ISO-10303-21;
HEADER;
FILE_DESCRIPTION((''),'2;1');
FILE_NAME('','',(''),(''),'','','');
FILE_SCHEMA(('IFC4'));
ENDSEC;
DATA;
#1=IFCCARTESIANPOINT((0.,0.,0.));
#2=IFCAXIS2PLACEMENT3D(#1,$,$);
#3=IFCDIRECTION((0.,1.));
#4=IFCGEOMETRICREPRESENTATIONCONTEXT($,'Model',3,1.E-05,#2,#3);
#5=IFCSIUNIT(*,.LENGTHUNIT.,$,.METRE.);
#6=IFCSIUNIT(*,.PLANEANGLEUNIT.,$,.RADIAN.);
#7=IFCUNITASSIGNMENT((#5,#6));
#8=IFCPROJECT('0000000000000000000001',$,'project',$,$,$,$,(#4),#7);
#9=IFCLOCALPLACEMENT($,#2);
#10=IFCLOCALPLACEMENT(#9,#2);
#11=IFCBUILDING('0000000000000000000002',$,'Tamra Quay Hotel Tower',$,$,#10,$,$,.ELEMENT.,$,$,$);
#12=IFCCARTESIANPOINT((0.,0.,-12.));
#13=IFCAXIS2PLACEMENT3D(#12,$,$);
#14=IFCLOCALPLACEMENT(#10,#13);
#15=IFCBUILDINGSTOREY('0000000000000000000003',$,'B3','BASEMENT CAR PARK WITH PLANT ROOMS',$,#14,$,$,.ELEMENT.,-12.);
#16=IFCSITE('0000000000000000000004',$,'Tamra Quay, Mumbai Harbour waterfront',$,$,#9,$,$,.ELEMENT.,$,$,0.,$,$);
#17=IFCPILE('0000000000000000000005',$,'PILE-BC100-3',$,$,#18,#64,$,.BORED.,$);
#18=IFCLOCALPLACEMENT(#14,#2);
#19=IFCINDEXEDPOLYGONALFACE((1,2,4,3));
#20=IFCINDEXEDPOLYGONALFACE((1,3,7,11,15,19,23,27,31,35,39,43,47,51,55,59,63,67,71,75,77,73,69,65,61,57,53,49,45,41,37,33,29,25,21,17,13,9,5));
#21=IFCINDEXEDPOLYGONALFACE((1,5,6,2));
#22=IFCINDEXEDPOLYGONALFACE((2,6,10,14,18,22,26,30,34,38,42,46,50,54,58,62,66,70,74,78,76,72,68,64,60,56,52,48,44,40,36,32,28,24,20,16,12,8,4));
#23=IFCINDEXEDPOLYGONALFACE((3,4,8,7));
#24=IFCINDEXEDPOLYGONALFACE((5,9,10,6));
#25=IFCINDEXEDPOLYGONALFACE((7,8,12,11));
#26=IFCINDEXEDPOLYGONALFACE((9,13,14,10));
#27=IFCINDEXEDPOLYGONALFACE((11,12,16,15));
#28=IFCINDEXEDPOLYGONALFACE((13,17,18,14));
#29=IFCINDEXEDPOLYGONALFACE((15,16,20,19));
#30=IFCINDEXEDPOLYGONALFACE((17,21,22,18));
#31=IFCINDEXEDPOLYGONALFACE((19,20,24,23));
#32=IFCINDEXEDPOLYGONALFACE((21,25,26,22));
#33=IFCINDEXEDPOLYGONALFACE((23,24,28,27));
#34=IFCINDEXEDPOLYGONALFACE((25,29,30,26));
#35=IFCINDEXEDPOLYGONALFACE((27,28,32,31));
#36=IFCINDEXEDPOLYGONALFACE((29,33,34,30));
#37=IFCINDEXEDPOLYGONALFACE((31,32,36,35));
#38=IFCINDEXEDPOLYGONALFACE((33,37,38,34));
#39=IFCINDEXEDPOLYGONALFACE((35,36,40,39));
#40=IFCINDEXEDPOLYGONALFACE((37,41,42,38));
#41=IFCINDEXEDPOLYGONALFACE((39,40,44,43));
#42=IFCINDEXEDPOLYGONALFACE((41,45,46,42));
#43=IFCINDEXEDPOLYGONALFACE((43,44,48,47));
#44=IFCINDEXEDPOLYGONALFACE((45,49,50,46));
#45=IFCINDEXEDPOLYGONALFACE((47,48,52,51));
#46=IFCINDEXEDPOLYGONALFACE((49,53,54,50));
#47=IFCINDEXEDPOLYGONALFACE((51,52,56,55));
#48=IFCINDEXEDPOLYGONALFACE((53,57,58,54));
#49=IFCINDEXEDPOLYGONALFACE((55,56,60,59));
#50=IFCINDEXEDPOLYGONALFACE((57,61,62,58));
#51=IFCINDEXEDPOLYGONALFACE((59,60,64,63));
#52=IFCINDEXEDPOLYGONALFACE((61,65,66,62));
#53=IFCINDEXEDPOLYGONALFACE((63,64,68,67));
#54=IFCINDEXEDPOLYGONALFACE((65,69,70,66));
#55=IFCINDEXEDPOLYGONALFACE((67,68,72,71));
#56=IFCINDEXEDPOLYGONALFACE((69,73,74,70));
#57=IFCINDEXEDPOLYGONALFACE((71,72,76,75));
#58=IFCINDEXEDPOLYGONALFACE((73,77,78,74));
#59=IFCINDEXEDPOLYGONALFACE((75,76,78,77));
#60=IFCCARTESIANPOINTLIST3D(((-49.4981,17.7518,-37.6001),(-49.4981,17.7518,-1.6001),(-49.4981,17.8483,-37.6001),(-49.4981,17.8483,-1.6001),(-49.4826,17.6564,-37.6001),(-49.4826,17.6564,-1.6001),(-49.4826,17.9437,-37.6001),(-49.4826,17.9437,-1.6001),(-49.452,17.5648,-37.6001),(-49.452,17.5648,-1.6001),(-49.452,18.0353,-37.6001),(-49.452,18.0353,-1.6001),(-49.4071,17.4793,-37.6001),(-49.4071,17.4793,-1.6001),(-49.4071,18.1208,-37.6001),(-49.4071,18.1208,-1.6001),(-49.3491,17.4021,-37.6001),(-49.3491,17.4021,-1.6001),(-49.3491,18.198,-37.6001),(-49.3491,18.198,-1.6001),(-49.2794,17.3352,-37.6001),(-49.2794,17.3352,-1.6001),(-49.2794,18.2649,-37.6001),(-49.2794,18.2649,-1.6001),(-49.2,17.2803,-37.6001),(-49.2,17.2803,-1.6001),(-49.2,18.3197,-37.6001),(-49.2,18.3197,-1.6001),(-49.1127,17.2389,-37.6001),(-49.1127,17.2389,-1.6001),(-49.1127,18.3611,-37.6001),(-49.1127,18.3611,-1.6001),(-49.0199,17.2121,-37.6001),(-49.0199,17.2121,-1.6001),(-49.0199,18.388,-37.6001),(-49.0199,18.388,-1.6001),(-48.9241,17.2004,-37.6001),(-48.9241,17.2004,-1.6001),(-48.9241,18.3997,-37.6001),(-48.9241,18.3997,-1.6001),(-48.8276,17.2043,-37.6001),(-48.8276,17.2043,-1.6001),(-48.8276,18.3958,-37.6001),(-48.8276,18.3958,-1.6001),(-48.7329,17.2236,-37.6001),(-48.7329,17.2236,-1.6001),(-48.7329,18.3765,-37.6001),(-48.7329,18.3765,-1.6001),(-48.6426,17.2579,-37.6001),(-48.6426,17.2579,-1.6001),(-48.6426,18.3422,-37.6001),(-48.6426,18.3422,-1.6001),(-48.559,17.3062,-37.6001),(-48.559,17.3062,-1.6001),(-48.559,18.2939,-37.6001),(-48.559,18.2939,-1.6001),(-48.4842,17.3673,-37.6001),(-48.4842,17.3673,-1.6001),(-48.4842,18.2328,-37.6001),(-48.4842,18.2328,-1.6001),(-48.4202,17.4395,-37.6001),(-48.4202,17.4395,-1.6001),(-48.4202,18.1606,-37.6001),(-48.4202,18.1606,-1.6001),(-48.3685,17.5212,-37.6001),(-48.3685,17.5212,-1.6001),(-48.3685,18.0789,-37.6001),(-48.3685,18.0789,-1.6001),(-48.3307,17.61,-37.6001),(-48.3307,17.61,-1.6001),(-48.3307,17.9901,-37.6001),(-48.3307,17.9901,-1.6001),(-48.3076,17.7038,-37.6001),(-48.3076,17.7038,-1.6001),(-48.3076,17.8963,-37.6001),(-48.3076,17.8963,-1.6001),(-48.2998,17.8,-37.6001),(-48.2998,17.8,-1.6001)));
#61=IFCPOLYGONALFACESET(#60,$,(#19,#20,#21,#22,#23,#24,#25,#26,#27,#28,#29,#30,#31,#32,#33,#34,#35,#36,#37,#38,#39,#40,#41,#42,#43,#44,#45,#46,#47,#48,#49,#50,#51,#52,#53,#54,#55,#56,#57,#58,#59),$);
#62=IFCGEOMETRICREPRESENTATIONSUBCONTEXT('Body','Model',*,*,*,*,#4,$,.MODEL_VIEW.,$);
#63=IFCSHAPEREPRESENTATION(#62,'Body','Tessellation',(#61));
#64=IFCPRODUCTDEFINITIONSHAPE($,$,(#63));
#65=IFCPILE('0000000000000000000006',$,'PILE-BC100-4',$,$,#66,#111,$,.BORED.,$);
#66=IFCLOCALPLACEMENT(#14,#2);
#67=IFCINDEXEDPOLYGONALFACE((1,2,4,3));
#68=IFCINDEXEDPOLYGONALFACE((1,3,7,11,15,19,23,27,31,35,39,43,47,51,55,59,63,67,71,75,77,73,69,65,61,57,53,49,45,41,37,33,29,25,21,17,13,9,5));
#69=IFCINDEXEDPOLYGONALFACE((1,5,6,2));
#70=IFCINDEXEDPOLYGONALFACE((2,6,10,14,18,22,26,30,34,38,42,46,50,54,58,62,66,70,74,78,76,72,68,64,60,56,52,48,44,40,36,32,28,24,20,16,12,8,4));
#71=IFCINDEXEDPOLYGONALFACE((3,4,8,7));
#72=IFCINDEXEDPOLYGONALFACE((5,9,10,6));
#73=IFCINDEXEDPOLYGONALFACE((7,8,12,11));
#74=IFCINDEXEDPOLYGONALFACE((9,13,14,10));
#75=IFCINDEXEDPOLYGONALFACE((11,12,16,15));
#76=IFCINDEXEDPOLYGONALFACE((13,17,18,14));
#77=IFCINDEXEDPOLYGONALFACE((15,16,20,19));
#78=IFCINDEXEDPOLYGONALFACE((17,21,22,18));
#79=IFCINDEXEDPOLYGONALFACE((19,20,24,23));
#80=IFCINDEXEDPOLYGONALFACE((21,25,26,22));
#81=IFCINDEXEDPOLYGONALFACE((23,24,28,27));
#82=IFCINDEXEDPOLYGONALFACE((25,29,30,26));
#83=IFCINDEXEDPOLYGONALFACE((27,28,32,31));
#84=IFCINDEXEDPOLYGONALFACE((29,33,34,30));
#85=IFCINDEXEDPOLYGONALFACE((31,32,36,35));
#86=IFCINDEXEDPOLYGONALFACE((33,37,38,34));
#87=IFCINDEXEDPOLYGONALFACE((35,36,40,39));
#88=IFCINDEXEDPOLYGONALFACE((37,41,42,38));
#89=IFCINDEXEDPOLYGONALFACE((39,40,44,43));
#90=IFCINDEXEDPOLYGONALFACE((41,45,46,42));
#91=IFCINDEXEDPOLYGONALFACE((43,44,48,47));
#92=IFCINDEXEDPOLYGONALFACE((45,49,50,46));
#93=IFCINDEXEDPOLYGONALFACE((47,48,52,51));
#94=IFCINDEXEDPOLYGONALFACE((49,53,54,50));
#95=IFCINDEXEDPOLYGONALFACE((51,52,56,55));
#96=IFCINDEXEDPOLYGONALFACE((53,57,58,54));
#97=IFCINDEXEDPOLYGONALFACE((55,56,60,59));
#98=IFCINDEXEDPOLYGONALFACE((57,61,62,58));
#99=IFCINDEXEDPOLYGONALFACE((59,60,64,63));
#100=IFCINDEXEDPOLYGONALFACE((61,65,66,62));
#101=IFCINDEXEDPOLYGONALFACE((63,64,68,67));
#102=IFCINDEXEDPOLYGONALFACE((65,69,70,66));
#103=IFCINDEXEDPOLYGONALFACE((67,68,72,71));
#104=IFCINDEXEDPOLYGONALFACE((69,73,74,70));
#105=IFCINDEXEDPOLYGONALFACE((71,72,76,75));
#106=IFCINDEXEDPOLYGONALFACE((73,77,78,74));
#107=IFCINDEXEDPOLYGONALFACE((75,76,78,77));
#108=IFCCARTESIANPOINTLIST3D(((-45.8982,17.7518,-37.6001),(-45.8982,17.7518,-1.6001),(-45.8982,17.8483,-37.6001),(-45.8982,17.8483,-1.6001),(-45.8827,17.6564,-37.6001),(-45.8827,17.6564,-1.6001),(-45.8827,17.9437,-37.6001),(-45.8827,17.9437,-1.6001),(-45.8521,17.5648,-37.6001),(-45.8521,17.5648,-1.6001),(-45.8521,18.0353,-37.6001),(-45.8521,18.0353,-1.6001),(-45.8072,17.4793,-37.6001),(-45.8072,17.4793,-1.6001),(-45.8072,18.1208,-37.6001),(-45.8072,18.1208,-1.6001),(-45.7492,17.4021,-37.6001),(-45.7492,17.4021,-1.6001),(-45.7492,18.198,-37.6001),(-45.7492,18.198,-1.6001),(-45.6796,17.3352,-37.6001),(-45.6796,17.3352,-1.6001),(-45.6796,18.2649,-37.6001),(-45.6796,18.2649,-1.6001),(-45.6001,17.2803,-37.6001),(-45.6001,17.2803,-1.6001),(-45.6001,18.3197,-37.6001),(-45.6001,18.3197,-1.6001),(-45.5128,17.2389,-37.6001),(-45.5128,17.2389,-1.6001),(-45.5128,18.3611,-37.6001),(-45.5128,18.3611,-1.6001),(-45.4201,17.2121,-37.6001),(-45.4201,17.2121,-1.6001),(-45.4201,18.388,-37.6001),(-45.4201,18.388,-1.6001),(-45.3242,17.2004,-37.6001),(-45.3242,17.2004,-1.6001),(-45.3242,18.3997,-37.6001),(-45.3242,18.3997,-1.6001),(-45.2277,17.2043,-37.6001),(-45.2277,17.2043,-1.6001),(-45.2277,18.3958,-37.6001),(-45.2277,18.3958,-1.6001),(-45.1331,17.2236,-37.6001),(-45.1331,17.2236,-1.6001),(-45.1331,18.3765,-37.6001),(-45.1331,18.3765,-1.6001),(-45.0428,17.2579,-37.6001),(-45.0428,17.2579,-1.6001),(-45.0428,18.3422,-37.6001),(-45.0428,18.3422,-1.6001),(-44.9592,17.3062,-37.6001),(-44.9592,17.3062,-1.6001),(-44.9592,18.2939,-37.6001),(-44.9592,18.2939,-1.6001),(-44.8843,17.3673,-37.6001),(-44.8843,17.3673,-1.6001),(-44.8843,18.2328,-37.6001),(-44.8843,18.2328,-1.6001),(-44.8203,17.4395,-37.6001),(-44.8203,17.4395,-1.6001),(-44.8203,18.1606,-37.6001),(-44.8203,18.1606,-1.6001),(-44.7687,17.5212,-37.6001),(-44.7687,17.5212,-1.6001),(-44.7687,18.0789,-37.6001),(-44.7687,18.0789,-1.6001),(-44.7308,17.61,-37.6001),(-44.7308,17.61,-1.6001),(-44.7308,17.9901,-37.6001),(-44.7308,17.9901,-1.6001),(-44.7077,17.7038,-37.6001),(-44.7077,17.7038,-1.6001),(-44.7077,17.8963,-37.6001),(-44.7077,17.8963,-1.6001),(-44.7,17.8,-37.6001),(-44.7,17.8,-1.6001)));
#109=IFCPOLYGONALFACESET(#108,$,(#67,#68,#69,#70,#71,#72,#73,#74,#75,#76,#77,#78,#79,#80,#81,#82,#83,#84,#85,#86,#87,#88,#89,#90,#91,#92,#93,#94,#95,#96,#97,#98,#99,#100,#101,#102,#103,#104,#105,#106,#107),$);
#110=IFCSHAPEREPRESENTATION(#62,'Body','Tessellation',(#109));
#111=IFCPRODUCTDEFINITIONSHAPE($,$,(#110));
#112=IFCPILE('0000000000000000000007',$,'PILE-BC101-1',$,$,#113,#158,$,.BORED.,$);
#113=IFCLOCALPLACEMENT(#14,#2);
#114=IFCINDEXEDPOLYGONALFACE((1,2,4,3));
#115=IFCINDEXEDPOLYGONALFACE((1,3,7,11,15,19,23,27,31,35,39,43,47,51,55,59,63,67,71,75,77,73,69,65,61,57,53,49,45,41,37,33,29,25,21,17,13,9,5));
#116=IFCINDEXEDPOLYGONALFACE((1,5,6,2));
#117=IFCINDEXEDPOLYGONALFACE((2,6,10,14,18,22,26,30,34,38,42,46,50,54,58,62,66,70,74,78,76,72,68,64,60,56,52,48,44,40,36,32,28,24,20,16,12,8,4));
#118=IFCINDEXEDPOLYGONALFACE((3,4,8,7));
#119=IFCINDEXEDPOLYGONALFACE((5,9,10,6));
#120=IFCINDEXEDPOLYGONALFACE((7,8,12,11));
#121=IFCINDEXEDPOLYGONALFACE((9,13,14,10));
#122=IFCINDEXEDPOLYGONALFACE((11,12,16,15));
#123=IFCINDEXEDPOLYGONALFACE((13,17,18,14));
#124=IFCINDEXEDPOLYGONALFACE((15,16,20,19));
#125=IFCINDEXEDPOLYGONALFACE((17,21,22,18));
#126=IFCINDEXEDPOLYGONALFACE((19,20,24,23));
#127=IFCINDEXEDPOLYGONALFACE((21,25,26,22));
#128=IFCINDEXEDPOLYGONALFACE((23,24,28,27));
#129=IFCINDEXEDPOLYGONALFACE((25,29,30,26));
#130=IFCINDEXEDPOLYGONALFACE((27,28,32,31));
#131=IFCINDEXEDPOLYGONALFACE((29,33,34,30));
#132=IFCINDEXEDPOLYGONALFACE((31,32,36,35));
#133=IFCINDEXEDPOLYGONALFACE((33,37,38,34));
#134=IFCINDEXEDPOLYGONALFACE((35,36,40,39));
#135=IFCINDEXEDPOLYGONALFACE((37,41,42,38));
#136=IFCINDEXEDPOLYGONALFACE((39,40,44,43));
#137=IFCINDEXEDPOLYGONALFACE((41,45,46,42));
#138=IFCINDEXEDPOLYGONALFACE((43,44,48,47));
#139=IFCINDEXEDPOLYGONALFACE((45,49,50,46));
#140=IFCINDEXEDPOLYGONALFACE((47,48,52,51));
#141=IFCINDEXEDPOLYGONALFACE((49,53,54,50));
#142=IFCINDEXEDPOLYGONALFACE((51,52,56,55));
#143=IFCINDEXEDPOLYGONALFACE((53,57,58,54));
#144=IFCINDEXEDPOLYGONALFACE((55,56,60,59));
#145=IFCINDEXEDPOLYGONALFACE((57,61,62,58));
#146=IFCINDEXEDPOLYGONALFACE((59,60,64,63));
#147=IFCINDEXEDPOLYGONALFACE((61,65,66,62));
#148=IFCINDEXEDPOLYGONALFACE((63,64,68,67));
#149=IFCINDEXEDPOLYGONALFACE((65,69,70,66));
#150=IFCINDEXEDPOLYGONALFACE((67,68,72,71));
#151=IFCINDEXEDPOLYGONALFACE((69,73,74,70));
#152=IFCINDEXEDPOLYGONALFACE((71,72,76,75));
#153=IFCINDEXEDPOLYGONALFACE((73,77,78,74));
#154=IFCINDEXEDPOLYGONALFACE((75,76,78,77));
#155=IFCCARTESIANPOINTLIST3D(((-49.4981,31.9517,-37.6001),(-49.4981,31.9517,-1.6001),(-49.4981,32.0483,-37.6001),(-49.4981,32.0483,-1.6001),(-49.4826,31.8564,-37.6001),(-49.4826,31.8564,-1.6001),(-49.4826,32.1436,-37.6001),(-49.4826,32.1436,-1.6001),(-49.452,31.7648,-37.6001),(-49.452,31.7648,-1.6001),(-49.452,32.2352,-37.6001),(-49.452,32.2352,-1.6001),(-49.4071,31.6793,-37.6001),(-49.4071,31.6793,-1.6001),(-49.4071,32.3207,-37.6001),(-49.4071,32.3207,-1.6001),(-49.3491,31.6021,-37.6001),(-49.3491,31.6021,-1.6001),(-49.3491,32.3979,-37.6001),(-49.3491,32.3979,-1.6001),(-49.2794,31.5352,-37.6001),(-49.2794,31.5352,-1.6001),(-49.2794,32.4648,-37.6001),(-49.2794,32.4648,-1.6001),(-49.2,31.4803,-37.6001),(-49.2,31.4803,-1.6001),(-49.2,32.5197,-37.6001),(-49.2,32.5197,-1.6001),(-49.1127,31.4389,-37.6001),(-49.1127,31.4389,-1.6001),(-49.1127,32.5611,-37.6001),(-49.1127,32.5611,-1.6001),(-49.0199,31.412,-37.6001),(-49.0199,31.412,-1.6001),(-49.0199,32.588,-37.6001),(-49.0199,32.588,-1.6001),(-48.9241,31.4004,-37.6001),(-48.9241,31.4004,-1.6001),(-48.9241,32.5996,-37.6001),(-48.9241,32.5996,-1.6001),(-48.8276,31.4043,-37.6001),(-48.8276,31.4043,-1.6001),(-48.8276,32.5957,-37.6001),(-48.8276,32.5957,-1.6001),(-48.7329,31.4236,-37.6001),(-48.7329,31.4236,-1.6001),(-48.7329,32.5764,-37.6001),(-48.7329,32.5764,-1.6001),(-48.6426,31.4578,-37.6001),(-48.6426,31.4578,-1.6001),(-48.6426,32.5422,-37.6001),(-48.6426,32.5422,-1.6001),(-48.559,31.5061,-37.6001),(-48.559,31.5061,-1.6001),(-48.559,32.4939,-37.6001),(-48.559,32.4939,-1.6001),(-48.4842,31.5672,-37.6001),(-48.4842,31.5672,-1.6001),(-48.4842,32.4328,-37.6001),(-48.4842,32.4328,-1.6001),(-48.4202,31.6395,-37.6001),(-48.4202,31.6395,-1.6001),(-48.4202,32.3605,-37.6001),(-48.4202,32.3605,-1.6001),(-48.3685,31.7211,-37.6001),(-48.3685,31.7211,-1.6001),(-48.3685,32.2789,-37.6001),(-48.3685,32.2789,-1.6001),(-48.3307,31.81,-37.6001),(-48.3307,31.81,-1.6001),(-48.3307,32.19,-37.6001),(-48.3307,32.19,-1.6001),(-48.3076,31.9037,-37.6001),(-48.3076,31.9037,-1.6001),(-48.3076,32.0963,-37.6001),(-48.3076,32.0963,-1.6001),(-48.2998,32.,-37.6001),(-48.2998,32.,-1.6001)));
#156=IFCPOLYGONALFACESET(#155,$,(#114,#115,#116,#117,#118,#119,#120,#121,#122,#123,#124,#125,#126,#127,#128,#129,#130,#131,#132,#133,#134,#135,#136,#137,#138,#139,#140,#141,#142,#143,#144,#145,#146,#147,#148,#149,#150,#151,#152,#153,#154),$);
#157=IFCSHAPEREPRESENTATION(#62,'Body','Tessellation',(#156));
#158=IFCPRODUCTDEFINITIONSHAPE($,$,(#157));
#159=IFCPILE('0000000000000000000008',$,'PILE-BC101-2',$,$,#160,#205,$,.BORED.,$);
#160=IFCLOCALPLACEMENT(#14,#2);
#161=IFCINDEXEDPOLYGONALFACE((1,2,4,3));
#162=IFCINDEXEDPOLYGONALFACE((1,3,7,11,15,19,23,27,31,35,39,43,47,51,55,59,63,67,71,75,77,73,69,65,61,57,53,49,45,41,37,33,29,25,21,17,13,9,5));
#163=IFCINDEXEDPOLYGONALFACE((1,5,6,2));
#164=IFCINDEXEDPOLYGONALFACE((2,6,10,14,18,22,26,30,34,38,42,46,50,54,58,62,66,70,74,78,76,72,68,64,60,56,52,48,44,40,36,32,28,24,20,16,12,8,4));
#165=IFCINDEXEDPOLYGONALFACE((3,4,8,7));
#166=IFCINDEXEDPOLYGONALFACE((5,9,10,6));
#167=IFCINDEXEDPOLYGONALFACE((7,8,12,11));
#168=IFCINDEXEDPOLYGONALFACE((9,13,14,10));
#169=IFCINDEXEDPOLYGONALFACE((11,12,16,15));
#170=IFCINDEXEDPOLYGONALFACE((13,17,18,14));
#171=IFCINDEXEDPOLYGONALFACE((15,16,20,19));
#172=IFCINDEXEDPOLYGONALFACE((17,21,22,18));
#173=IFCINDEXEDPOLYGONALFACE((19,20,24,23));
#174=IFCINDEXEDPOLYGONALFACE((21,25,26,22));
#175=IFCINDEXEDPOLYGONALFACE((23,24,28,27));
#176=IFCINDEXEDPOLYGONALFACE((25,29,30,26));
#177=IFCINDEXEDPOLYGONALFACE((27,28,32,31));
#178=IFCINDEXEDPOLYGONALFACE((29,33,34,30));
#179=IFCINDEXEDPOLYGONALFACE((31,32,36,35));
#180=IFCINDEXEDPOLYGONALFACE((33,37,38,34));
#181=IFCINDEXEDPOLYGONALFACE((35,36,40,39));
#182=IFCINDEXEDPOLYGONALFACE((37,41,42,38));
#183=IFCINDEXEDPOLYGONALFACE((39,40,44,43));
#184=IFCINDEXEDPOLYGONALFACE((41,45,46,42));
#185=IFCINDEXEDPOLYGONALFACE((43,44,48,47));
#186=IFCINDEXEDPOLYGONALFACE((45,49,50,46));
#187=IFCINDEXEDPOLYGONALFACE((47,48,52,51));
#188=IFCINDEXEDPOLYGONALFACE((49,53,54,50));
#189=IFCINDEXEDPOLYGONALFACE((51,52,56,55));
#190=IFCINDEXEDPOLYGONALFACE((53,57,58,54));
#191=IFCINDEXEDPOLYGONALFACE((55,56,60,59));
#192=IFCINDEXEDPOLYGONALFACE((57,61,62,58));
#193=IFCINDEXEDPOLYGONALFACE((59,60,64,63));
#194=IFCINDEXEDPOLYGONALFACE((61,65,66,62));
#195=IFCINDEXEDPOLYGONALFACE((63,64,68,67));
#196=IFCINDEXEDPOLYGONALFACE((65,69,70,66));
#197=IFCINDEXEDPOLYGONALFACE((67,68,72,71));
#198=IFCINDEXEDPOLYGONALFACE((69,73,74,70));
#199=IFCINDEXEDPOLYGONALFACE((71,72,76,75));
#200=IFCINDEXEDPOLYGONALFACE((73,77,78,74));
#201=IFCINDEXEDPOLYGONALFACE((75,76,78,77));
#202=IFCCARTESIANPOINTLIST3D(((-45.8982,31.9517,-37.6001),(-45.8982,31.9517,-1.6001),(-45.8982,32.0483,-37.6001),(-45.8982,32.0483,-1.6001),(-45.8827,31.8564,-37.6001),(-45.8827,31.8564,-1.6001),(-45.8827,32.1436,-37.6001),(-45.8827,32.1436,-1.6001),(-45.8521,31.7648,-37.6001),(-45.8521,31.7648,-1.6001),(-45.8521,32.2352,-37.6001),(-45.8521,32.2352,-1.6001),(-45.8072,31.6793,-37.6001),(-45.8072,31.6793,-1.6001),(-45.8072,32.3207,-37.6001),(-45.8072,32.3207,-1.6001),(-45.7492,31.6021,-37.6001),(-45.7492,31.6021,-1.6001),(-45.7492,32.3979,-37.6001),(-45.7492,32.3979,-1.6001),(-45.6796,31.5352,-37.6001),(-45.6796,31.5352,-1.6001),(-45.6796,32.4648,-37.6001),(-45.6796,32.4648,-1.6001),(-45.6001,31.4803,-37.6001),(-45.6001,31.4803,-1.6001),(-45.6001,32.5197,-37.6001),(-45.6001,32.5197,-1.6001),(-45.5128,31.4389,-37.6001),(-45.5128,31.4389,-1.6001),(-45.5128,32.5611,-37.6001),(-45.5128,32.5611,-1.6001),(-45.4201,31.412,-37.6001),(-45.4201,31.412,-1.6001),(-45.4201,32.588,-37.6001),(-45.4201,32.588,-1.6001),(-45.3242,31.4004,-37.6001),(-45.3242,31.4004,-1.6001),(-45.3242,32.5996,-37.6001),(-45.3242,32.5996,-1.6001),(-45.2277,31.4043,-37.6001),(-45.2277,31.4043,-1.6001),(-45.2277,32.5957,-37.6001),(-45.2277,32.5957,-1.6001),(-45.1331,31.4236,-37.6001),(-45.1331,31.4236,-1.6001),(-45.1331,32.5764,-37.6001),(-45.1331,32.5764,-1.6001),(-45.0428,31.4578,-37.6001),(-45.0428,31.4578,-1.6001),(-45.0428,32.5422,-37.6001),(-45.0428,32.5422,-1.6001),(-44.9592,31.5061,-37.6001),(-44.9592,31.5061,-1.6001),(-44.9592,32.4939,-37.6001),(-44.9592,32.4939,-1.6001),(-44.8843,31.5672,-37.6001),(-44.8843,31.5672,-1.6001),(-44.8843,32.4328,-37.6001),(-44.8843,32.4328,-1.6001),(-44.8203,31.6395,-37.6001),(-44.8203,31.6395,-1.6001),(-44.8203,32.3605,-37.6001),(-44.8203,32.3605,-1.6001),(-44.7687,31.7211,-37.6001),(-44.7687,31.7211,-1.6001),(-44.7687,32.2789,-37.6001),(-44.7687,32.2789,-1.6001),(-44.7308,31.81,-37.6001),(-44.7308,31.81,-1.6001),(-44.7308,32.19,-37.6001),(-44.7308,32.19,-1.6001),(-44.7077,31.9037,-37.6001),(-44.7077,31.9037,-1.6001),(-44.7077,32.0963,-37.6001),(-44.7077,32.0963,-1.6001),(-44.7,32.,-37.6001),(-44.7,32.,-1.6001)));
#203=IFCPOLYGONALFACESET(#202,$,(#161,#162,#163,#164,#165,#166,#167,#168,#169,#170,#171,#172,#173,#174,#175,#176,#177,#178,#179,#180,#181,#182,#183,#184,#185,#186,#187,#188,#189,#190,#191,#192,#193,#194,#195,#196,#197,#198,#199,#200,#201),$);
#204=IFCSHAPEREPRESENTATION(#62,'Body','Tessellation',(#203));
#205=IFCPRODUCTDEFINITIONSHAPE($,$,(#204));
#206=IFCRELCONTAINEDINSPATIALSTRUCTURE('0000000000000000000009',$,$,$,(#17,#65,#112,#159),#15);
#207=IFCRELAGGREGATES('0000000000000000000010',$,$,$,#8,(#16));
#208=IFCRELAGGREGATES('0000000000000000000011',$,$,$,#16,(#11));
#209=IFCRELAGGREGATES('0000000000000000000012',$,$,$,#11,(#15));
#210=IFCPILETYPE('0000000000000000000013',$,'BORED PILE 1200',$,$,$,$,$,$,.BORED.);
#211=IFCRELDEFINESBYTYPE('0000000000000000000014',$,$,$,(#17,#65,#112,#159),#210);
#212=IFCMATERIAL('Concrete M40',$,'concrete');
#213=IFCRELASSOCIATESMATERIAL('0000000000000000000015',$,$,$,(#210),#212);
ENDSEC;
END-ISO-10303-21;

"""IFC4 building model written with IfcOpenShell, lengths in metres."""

from ifc_helpers import new_model, si_unit, direction, frame, origin, origin_2d, place, context, subcontext, project, spatial, circle, extrude, material, material_profile, profile_set, type_object, element, save


model = new_model("IFC4")

# Units and contexts
model_context = context("Model", 3, precision=1e-05, world=origin(), true_north=direction((0.0, 1.0)))
body_context = subcontext(model_context, "Body", "Model", "MODEL_VIEW")
ifc_project = project(units=[si_unit("LENGTHUNIT", "METRE"), si_unit("PLANEANGLEUNIT", "RADIAN")], contexts=[model_context])

# Site, building, storey
site_placement = place(None, origin())
site = spatial("IfcSite", under=ifc_project, at=site_placement, Name="Tamra Quay, Mumbai Harbour waterfront", CompositionType="ELEMENT", RefElevation=0.0)
building_placement = place(site_placement, origin())
building = spatial("IfcBuilding", under=site, at=building_placement, Name="Tamra Quay Hotel Tower", CompositionType="ELEMENT")
storey_placement = place(building_placement, frame((0.0, 0.0, -12.0)))
storey = spatial("IfcBuildingStorey", under=building, at=storey_placement, Name="B3", Description="BASEMENT CAR PARK WITH PLANT ROOMS", CompositionType="ELEMENT", Elevation=-12.0)

# Piles
ifc_material_1 = material(Name="Concrete M40", Category="concrete")
ifc_material_profile_1 = material_profile(ifc_material_1, circle(Radius=0.6001, at=origin_2d()), Name="BORED PILE 1200")
ifc_profile_set_1 = profile_set([ifc_material_profile_1], Name="Concrete M40")
pile_type = type_object("IfcPileType", Name="BORED PILE 1200", PredefinedType="BORED", material=ifc_profile_set_1)
for number, where, z_axis, x_axis, name in (
    (1, (-48.8999, 17.8, -1.6001), (0.0, 0.0, -1.0), (1.0, 0.0, 0.0), "PILE-BC100-3"),
    (2, (-45.3, 17.8, -1.6001), (0.0, 0.0, -1.0), (1.0, 0.0, 0.0), "PILE-BC100-4"),
    (3, (-48.8999, 32.0, -1.6001), (0.0, 0.0, -1.0), (1.0, 0.0, 0.0), "PILE-BC101-1"),
    (4, (-45.3, 32.0, -1.6001), (0.0, 0.0, -1.0), (1.0, 0.0, 0.0), "PILE-BC101-2"),
):
    element("IfcPile", number, at=place(storey_placement, frame(where, z_axis=z_axis, x_axis=x_axis)), inside=storey, type_object=pile_type, Name=name, PredefinedType="BORED", context=body_context, shape_type="SweptSolid", body=[
        extrude(circle(Radius=0.6001, at=origin_2d()), origin(), (0.0, 0.0, 1.0), 36.0),
    ])

save(model, "model.ifc")
